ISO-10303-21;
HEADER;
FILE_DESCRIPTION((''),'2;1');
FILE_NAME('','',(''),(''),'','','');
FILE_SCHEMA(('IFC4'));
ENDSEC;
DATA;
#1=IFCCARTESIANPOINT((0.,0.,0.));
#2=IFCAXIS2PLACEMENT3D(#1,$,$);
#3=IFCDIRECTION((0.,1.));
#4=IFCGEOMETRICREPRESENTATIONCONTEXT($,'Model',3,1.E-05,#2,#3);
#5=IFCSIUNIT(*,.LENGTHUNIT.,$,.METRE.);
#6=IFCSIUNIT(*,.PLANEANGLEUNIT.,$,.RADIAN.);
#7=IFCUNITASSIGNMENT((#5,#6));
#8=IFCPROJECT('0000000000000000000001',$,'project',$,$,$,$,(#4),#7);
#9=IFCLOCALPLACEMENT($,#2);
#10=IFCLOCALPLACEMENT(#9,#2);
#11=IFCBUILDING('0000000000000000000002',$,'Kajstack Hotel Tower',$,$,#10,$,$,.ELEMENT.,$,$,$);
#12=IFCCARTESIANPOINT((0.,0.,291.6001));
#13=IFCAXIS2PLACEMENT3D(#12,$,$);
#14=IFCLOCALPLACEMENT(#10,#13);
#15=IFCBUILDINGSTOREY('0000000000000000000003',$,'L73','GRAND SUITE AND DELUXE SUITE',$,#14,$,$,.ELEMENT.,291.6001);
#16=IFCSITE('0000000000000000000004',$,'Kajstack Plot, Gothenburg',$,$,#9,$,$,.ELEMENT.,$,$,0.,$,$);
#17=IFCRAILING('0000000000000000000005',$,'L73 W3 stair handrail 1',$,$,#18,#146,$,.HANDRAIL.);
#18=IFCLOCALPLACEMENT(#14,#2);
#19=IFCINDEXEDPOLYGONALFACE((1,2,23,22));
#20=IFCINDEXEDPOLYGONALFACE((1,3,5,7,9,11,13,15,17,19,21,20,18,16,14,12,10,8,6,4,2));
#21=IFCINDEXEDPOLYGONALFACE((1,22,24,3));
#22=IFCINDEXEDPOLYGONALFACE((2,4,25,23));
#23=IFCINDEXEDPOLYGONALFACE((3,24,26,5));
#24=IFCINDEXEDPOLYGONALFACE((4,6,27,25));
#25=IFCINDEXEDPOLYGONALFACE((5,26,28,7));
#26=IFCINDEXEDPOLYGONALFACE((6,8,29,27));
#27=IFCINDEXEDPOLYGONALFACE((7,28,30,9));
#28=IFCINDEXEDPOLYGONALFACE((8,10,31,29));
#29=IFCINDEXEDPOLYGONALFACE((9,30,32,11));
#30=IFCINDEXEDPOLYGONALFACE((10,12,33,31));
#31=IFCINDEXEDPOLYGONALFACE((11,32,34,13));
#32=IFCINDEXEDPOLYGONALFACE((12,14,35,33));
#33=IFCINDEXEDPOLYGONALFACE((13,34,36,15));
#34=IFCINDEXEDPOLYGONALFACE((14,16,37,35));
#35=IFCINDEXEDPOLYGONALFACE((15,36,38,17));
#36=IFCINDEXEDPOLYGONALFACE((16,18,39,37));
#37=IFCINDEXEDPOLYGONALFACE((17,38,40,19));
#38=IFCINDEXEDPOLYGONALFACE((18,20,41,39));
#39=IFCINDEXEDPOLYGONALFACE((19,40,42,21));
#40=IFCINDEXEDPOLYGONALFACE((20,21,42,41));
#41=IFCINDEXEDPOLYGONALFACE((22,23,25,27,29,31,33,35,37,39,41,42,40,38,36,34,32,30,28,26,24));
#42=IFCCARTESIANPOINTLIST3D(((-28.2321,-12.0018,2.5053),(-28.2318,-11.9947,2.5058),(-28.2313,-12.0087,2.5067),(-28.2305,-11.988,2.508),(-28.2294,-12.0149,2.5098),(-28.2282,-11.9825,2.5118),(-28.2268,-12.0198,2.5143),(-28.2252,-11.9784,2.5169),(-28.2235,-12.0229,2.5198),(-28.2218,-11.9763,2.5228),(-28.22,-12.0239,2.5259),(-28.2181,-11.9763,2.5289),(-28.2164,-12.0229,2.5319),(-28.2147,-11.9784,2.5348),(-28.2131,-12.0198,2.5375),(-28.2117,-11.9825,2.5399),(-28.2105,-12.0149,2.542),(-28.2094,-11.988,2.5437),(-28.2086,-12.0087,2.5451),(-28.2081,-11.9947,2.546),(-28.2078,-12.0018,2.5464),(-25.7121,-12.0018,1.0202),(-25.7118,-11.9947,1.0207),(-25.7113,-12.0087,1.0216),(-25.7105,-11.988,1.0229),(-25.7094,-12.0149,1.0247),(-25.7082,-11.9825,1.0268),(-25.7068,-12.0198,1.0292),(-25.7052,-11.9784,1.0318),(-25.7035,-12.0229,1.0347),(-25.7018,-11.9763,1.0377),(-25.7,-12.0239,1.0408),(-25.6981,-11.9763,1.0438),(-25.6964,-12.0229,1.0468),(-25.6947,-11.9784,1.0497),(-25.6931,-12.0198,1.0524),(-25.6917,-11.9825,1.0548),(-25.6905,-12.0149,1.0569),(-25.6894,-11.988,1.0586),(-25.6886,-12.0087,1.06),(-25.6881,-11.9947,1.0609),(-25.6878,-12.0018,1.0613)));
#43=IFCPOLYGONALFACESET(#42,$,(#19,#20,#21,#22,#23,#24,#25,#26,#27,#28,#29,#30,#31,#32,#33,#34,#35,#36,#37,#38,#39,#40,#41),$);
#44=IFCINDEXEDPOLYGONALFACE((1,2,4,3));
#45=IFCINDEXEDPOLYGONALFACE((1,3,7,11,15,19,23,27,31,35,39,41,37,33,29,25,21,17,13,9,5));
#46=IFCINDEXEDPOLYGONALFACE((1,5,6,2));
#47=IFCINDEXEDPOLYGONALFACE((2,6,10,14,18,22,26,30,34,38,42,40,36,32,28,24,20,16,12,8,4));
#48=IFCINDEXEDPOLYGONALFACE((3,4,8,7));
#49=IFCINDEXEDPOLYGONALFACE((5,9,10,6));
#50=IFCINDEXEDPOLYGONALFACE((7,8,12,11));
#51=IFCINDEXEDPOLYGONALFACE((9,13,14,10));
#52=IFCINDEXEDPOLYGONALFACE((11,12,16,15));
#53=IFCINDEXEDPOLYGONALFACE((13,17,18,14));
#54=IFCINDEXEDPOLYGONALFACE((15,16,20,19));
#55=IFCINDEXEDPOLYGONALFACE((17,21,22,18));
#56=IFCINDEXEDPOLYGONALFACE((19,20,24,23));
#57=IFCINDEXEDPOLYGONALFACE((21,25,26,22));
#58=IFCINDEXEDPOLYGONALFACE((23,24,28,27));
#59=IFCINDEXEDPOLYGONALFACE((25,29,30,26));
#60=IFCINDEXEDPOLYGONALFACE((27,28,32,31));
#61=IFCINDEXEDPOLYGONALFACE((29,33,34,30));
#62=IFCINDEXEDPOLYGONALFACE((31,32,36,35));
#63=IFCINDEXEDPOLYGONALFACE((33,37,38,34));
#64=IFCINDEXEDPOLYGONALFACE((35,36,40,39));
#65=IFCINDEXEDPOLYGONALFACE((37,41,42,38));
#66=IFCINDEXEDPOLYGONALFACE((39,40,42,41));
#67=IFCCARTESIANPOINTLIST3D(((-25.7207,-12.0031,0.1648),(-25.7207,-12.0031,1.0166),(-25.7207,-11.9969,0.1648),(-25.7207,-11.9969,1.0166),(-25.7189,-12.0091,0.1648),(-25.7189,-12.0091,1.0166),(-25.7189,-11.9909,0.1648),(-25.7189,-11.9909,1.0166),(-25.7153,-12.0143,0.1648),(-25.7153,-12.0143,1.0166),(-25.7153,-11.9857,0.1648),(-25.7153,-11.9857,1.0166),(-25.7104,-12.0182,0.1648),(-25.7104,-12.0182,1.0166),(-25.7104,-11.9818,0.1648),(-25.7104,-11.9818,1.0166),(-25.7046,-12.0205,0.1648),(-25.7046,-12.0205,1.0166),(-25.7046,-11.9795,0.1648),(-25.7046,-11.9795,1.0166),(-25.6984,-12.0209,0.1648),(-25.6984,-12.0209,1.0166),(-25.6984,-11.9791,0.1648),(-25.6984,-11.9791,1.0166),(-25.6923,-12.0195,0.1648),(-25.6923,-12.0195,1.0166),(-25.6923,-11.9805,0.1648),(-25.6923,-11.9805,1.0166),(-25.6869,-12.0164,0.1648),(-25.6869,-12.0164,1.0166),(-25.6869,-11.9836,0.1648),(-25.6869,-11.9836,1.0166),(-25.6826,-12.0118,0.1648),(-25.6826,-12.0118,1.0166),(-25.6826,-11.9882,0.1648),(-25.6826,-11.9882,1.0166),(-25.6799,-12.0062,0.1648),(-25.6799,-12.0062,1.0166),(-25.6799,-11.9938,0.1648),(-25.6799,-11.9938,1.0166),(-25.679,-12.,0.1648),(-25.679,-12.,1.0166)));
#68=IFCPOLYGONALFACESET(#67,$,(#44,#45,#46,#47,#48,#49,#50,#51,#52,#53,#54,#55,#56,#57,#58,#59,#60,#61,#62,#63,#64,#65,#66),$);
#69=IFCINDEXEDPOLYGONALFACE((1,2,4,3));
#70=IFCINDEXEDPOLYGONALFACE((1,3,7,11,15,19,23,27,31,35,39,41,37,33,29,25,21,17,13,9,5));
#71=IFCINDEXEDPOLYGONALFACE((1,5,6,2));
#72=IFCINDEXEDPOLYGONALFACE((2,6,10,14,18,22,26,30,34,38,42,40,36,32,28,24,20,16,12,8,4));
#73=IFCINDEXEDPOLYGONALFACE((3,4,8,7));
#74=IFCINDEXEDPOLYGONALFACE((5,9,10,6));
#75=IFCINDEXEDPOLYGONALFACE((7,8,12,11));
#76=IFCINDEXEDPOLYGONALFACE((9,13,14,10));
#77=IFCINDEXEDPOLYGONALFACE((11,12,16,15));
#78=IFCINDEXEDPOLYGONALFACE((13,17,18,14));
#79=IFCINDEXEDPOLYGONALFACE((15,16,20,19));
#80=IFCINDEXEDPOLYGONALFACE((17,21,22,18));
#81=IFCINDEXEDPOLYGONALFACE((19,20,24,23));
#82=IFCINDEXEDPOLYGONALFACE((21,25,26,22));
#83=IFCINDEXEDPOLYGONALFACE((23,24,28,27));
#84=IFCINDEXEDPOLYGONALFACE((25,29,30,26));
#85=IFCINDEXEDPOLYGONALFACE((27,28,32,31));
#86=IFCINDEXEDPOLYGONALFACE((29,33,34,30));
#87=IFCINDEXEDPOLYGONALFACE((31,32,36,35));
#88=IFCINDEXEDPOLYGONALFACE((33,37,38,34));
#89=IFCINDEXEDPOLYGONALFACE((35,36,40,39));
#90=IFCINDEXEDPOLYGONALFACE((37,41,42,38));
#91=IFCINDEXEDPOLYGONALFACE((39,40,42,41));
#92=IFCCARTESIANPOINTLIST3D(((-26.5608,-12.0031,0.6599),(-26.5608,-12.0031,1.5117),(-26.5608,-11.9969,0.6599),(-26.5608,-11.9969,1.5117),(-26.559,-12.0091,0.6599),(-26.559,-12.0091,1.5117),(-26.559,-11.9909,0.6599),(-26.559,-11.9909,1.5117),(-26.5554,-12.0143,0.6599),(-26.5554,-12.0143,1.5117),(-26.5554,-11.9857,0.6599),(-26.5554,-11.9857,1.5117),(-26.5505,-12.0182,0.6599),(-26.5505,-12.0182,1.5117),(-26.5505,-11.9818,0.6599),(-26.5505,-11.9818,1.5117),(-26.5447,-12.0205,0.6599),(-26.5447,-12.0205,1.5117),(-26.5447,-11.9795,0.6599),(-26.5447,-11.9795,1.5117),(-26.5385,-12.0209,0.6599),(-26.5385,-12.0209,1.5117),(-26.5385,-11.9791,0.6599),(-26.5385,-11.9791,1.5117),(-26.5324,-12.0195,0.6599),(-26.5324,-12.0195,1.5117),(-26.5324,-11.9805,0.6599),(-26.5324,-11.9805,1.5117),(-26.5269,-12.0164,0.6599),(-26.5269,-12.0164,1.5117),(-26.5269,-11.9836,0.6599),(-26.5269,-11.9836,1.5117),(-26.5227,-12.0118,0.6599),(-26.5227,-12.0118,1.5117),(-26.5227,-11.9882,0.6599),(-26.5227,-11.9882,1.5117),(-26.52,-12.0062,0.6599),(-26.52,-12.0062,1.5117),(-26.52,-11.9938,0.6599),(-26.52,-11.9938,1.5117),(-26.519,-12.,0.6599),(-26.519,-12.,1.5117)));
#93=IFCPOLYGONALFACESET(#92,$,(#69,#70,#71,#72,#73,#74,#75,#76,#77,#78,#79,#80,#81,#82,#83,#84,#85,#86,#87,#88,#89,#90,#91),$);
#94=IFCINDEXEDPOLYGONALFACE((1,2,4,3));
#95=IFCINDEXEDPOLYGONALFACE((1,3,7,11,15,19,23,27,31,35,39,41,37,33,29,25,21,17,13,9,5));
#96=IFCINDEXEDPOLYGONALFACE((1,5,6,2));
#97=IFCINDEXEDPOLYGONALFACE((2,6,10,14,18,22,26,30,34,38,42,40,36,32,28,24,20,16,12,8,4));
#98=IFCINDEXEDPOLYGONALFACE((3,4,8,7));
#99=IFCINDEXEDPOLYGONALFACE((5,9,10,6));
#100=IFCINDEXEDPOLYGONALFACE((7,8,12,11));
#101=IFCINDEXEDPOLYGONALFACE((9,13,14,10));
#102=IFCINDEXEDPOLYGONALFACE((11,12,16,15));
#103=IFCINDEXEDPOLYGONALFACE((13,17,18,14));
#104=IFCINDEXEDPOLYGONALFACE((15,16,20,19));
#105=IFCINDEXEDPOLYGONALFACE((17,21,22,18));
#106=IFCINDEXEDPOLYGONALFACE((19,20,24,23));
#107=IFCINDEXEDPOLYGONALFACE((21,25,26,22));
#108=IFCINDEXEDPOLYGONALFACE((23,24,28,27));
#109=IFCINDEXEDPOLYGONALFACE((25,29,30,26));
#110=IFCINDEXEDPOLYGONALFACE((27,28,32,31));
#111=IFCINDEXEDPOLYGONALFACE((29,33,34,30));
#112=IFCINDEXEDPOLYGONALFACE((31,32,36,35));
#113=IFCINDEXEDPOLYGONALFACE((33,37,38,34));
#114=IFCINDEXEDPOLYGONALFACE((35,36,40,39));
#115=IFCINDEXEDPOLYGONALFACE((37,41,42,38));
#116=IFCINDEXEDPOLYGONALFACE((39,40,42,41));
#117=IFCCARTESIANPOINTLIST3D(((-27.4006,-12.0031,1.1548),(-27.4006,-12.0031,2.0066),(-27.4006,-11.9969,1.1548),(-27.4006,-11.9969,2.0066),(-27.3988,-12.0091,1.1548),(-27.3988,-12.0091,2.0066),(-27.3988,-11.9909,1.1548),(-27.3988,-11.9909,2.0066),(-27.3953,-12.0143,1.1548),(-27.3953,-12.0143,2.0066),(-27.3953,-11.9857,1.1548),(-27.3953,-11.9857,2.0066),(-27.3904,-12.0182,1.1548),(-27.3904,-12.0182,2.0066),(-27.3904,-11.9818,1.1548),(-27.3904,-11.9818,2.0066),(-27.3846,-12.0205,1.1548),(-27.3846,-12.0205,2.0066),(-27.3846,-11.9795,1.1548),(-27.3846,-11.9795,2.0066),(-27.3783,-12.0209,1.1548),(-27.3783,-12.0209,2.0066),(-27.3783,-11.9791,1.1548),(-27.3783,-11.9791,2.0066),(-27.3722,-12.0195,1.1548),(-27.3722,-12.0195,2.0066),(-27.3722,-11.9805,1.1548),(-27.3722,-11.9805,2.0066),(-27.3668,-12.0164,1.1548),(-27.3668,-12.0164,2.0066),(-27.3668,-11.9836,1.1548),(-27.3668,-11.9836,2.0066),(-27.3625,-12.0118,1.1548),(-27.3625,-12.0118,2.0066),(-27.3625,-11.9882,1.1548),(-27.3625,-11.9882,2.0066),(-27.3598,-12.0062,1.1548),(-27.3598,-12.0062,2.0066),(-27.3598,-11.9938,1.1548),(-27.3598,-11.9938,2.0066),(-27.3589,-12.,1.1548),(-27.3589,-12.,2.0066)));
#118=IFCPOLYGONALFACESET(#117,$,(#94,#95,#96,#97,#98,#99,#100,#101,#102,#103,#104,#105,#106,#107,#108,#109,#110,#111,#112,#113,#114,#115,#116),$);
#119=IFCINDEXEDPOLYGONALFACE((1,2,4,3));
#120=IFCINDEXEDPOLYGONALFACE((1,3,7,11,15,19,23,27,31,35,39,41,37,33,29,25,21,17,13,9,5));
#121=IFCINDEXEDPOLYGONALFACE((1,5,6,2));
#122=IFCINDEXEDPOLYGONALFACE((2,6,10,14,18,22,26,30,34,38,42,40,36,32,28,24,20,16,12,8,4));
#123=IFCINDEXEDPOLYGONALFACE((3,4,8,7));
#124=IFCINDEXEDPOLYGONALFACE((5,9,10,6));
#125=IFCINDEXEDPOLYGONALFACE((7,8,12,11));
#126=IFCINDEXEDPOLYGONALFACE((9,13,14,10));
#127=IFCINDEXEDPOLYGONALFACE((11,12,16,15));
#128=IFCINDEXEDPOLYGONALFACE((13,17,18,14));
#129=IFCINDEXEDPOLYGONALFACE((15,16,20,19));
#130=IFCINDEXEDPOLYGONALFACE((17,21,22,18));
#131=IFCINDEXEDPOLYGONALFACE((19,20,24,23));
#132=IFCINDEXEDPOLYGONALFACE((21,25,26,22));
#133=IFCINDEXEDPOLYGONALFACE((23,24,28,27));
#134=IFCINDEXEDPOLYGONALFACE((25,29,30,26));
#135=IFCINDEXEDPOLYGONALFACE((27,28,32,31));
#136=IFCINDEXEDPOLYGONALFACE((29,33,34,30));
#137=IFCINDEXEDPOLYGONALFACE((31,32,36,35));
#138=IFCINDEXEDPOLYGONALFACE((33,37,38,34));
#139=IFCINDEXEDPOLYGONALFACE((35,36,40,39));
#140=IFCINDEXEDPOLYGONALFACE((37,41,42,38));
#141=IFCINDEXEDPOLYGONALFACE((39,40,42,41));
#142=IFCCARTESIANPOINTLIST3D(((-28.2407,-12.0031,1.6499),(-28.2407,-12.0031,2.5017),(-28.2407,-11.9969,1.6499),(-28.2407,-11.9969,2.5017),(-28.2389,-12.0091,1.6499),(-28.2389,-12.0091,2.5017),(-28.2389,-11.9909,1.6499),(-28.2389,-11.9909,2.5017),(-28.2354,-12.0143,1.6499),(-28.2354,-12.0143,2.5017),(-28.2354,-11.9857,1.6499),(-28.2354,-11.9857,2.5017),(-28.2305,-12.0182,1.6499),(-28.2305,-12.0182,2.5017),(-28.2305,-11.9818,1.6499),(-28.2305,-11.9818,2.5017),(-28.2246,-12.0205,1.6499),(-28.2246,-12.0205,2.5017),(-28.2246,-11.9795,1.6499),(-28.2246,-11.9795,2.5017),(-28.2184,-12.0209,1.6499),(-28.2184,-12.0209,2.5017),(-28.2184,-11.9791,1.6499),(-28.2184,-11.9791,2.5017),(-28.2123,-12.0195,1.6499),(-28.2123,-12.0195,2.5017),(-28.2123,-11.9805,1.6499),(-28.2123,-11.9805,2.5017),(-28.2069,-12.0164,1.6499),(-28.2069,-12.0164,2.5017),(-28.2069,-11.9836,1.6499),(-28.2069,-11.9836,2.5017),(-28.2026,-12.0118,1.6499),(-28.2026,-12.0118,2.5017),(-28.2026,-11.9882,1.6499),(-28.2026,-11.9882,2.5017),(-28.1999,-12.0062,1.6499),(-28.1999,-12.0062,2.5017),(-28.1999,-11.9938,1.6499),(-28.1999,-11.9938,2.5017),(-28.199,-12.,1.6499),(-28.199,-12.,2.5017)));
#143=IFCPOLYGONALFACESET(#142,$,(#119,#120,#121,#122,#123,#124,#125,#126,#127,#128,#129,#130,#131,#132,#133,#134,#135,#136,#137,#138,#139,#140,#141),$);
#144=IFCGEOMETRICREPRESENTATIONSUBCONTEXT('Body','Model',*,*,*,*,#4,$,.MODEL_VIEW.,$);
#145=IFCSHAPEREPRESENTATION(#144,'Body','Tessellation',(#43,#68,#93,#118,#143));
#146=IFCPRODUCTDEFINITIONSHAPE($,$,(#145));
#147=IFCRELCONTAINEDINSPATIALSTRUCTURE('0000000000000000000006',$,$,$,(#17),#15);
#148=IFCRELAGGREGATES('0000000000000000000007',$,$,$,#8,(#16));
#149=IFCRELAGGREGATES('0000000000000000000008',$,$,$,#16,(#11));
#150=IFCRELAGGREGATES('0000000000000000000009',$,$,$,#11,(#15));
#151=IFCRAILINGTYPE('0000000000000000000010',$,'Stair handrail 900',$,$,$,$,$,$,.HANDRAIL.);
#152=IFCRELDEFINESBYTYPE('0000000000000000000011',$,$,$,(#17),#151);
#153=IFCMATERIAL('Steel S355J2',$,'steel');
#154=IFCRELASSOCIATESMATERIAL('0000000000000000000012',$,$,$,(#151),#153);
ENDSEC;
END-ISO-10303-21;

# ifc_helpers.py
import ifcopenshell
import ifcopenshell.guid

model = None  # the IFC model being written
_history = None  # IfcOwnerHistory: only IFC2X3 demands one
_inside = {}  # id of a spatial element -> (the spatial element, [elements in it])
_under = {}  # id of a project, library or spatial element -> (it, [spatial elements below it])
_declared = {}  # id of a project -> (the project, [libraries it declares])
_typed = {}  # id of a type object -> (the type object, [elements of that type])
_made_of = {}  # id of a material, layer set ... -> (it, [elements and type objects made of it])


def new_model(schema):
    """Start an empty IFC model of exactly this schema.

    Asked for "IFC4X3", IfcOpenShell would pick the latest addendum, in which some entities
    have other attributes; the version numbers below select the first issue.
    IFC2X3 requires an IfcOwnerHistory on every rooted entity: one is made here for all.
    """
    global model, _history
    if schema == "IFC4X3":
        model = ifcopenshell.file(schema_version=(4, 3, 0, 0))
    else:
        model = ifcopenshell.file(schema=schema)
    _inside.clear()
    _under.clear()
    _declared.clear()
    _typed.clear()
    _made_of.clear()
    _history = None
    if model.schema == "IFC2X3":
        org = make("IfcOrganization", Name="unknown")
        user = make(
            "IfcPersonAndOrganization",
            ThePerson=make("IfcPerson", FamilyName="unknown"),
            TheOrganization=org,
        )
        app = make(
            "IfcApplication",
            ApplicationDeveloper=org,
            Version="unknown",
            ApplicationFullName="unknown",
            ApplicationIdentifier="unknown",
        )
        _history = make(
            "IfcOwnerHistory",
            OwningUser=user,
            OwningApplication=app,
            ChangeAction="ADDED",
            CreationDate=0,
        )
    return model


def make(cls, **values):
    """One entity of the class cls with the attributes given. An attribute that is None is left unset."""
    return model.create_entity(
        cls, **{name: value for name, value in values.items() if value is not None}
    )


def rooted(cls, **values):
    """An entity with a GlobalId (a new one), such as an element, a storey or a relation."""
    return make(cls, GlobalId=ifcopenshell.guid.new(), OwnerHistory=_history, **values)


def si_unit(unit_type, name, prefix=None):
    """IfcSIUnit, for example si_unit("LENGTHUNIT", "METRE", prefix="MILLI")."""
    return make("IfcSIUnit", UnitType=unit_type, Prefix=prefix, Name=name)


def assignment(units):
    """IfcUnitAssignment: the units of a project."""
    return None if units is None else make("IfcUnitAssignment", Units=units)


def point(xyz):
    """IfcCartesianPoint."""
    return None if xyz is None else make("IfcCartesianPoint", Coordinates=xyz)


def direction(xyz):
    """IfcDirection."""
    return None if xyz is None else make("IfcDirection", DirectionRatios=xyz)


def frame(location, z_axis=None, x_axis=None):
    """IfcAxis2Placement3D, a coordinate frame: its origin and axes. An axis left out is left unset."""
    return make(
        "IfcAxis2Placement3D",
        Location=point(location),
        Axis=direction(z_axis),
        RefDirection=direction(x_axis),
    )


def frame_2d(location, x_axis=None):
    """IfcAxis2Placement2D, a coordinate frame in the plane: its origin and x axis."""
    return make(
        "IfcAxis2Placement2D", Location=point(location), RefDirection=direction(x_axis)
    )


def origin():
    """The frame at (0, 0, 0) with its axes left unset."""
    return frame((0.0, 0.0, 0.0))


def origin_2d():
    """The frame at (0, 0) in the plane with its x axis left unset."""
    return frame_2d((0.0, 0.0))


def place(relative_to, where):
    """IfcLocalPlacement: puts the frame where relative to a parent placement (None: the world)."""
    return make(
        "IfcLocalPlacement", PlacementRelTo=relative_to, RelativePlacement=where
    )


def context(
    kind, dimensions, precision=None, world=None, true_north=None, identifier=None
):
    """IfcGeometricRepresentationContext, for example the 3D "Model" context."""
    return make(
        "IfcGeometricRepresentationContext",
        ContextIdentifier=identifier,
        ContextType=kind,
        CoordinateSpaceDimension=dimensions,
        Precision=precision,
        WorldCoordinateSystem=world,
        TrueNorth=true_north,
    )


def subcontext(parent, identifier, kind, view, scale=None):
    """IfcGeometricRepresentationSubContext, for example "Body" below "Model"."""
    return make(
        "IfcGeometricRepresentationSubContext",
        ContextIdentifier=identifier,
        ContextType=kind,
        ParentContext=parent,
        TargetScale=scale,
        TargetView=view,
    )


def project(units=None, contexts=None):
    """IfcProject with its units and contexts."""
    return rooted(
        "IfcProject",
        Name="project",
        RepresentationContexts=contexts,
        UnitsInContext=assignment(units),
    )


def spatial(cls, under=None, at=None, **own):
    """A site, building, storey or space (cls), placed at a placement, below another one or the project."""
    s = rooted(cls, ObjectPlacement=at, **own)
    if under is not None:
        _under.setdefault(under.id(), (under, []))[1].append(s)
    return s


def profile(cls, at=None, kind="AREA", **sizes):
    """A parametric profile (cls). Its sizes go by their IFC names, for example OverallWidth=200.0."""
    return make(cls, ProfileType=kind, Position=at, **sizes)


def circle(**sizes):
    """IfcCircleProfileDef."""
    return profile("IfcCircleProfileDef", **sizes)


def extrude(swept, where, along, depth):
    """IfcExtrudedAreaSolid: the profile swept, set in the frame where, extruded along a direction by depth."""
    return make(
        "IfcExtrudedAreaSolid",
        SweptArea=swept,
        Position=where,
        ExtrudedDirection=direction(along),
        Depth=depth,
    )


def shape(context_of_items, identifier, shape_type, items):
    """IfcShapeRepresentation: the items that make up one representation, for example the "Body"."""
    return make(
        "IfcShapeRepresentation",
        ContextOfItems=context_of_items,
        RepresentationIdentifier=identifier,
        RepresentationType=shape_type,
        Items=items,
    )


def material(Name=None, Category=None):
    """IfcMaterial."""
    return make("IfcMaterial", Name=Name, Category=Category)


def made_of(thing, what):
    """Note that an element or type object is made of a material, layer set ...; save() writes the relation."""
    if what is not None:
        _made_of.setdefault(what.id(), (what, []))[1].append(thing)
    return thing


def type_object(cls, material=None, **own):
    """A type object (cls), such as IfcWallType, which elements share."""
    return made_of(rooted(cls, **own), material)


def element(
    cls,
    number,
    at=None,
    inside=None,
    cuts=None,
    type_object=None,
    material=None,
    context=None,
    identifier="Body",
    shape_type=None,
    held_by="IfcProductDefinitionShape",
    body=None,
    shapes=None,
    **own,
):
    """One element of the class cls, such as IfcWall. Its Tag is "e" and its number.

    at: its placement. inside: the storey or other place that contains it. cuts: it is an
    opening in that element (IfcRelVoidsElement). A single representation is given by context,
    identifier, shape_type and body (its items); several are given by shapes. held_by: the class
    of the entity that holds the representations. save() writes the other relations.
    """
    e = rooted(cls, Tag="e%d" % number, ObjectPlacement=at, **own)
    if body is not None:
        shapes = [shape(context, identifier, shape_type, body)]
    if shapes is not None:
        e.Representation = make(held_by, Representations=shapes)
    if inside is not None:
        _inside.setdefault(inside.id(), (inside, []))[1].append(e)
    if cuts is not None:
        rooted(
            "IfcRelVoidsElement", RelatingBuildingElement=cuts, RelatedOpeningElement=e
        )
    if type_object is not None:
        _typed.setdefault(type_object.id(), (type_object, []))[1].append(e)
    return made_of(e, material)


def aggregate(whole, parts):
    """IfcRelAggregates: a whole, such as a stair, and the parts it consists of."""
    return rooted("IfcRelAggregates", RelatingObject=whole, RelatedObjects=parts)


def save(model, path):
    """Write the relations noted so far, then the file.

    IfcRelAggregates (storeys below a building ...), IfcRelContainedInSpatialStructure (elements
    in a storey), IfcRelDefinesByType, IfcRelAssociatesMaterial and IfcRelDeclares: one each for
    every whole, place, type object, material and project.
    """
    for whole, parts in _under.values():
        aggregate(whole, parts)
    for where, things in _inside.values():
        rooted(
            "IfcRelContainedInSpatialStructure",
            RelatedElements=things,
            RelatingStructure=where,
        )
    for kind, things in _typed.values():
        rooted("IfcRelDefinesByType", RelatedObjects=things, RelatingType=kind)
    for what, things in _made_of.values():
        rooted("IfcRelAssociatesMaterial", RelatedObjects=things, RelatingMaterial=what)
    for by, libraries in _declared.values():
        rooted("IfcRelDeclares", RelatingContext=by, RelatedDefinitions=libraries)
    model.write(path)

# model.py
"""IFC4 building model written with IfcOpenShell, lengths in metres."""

from ifc_helpers import new_model, si_unit, direction, frame, origin, origin_2d, place, context, subcontext, project, spatial, circle, extrude, material, type_object, element, save


model = new_model("IFC4")

# Units and contexts
model_context = context("Model", 3, precision=1e-05, world=origin(), true_north=direction((0.0, 1.0)))
body_context = subcontext(model_context, "Body", "Model", "MODEL_VIEW")
ifc_project = project(units=[si_unit("LENGTHUNIT", "METRE"), si_unit("PLANEANGLEUNIT", "RADIAN")], contexts=[model_context])

# Site, building, storey
site_placement = place(None, origin())
site = spatial("IfcSite", under=ifc_project, at=site_placement, Name="Kajstack Plot, Gothenburg", CompositionType="ELEMENT", RefElevation=0.0)
building_placement = place(site_placement, origin())
building = spatial("IfcBuilding", under=site, at=building_placement, Name="Kajstack Hotel Tower", CompositionType="ELEMENT")
storey_placement = place(building_placement, frame((0.0, 0.0, 291.6001)))
storey = spatial("IfcBuildingStorey", under=building, at=storey_placement, Name="L73", Description="GRAND SUITE AND DELUXE SUITE", CompositionType="ELEMENT", Elevation=291.6001)

# Railing
ifc_material_1 = material(Name="Steel S355J2", Category="steel")
railing_type_1 = type_object("IfcRailingType", Name="Stair handrail 900", PredefinedType="HANDRAIL", material=ifc_material_1)
railing_1_placement = place(storey_placement, frame((-25.7, -12.0, 0.1648)))
element("IfcRailing", 1, at=railing_1_placement, inside=storey, type_object=railing_type_1, Name="L73 W3 stair handrail 1", PredefinedType="HANDRAIL", context=body_context, shape_type="SweptSolid", body=[
    extrude(circle(Radius=0.0239, at=origin_2d()), frame((0.0, 0.0, 0.876), z_axis=(-0.861524, 0.0, 0.507717), x_axis=(0.0, -1.0, 0.0)), (0.0, 0.0, 1.0), 2.925),
    extrude(circle(Radius=0.021, at=origin_2d()), origin(), (0.0, 0.0, 1.0), 0.8518),
    extrude(circle(Radius=0.021, at=origin_2d()), frame((-0.8401, 0.0, 0.4951)), (0.0, 0.0, 1.0), 0.8518),
    extrude(circle(Radius=0.021, at=origin_2d()), frame((-1.6799, 0.0, 0.99)), (0.0, 0.0, 1.0), 0.8518),
    extrude(circle(Radius=0.021, at=origin_2d()), frame((-2.52, 0.0, 1.4851)), (0.0, 0.0, 1.0), 0.8518),
])

save(model, "model.ifc")
